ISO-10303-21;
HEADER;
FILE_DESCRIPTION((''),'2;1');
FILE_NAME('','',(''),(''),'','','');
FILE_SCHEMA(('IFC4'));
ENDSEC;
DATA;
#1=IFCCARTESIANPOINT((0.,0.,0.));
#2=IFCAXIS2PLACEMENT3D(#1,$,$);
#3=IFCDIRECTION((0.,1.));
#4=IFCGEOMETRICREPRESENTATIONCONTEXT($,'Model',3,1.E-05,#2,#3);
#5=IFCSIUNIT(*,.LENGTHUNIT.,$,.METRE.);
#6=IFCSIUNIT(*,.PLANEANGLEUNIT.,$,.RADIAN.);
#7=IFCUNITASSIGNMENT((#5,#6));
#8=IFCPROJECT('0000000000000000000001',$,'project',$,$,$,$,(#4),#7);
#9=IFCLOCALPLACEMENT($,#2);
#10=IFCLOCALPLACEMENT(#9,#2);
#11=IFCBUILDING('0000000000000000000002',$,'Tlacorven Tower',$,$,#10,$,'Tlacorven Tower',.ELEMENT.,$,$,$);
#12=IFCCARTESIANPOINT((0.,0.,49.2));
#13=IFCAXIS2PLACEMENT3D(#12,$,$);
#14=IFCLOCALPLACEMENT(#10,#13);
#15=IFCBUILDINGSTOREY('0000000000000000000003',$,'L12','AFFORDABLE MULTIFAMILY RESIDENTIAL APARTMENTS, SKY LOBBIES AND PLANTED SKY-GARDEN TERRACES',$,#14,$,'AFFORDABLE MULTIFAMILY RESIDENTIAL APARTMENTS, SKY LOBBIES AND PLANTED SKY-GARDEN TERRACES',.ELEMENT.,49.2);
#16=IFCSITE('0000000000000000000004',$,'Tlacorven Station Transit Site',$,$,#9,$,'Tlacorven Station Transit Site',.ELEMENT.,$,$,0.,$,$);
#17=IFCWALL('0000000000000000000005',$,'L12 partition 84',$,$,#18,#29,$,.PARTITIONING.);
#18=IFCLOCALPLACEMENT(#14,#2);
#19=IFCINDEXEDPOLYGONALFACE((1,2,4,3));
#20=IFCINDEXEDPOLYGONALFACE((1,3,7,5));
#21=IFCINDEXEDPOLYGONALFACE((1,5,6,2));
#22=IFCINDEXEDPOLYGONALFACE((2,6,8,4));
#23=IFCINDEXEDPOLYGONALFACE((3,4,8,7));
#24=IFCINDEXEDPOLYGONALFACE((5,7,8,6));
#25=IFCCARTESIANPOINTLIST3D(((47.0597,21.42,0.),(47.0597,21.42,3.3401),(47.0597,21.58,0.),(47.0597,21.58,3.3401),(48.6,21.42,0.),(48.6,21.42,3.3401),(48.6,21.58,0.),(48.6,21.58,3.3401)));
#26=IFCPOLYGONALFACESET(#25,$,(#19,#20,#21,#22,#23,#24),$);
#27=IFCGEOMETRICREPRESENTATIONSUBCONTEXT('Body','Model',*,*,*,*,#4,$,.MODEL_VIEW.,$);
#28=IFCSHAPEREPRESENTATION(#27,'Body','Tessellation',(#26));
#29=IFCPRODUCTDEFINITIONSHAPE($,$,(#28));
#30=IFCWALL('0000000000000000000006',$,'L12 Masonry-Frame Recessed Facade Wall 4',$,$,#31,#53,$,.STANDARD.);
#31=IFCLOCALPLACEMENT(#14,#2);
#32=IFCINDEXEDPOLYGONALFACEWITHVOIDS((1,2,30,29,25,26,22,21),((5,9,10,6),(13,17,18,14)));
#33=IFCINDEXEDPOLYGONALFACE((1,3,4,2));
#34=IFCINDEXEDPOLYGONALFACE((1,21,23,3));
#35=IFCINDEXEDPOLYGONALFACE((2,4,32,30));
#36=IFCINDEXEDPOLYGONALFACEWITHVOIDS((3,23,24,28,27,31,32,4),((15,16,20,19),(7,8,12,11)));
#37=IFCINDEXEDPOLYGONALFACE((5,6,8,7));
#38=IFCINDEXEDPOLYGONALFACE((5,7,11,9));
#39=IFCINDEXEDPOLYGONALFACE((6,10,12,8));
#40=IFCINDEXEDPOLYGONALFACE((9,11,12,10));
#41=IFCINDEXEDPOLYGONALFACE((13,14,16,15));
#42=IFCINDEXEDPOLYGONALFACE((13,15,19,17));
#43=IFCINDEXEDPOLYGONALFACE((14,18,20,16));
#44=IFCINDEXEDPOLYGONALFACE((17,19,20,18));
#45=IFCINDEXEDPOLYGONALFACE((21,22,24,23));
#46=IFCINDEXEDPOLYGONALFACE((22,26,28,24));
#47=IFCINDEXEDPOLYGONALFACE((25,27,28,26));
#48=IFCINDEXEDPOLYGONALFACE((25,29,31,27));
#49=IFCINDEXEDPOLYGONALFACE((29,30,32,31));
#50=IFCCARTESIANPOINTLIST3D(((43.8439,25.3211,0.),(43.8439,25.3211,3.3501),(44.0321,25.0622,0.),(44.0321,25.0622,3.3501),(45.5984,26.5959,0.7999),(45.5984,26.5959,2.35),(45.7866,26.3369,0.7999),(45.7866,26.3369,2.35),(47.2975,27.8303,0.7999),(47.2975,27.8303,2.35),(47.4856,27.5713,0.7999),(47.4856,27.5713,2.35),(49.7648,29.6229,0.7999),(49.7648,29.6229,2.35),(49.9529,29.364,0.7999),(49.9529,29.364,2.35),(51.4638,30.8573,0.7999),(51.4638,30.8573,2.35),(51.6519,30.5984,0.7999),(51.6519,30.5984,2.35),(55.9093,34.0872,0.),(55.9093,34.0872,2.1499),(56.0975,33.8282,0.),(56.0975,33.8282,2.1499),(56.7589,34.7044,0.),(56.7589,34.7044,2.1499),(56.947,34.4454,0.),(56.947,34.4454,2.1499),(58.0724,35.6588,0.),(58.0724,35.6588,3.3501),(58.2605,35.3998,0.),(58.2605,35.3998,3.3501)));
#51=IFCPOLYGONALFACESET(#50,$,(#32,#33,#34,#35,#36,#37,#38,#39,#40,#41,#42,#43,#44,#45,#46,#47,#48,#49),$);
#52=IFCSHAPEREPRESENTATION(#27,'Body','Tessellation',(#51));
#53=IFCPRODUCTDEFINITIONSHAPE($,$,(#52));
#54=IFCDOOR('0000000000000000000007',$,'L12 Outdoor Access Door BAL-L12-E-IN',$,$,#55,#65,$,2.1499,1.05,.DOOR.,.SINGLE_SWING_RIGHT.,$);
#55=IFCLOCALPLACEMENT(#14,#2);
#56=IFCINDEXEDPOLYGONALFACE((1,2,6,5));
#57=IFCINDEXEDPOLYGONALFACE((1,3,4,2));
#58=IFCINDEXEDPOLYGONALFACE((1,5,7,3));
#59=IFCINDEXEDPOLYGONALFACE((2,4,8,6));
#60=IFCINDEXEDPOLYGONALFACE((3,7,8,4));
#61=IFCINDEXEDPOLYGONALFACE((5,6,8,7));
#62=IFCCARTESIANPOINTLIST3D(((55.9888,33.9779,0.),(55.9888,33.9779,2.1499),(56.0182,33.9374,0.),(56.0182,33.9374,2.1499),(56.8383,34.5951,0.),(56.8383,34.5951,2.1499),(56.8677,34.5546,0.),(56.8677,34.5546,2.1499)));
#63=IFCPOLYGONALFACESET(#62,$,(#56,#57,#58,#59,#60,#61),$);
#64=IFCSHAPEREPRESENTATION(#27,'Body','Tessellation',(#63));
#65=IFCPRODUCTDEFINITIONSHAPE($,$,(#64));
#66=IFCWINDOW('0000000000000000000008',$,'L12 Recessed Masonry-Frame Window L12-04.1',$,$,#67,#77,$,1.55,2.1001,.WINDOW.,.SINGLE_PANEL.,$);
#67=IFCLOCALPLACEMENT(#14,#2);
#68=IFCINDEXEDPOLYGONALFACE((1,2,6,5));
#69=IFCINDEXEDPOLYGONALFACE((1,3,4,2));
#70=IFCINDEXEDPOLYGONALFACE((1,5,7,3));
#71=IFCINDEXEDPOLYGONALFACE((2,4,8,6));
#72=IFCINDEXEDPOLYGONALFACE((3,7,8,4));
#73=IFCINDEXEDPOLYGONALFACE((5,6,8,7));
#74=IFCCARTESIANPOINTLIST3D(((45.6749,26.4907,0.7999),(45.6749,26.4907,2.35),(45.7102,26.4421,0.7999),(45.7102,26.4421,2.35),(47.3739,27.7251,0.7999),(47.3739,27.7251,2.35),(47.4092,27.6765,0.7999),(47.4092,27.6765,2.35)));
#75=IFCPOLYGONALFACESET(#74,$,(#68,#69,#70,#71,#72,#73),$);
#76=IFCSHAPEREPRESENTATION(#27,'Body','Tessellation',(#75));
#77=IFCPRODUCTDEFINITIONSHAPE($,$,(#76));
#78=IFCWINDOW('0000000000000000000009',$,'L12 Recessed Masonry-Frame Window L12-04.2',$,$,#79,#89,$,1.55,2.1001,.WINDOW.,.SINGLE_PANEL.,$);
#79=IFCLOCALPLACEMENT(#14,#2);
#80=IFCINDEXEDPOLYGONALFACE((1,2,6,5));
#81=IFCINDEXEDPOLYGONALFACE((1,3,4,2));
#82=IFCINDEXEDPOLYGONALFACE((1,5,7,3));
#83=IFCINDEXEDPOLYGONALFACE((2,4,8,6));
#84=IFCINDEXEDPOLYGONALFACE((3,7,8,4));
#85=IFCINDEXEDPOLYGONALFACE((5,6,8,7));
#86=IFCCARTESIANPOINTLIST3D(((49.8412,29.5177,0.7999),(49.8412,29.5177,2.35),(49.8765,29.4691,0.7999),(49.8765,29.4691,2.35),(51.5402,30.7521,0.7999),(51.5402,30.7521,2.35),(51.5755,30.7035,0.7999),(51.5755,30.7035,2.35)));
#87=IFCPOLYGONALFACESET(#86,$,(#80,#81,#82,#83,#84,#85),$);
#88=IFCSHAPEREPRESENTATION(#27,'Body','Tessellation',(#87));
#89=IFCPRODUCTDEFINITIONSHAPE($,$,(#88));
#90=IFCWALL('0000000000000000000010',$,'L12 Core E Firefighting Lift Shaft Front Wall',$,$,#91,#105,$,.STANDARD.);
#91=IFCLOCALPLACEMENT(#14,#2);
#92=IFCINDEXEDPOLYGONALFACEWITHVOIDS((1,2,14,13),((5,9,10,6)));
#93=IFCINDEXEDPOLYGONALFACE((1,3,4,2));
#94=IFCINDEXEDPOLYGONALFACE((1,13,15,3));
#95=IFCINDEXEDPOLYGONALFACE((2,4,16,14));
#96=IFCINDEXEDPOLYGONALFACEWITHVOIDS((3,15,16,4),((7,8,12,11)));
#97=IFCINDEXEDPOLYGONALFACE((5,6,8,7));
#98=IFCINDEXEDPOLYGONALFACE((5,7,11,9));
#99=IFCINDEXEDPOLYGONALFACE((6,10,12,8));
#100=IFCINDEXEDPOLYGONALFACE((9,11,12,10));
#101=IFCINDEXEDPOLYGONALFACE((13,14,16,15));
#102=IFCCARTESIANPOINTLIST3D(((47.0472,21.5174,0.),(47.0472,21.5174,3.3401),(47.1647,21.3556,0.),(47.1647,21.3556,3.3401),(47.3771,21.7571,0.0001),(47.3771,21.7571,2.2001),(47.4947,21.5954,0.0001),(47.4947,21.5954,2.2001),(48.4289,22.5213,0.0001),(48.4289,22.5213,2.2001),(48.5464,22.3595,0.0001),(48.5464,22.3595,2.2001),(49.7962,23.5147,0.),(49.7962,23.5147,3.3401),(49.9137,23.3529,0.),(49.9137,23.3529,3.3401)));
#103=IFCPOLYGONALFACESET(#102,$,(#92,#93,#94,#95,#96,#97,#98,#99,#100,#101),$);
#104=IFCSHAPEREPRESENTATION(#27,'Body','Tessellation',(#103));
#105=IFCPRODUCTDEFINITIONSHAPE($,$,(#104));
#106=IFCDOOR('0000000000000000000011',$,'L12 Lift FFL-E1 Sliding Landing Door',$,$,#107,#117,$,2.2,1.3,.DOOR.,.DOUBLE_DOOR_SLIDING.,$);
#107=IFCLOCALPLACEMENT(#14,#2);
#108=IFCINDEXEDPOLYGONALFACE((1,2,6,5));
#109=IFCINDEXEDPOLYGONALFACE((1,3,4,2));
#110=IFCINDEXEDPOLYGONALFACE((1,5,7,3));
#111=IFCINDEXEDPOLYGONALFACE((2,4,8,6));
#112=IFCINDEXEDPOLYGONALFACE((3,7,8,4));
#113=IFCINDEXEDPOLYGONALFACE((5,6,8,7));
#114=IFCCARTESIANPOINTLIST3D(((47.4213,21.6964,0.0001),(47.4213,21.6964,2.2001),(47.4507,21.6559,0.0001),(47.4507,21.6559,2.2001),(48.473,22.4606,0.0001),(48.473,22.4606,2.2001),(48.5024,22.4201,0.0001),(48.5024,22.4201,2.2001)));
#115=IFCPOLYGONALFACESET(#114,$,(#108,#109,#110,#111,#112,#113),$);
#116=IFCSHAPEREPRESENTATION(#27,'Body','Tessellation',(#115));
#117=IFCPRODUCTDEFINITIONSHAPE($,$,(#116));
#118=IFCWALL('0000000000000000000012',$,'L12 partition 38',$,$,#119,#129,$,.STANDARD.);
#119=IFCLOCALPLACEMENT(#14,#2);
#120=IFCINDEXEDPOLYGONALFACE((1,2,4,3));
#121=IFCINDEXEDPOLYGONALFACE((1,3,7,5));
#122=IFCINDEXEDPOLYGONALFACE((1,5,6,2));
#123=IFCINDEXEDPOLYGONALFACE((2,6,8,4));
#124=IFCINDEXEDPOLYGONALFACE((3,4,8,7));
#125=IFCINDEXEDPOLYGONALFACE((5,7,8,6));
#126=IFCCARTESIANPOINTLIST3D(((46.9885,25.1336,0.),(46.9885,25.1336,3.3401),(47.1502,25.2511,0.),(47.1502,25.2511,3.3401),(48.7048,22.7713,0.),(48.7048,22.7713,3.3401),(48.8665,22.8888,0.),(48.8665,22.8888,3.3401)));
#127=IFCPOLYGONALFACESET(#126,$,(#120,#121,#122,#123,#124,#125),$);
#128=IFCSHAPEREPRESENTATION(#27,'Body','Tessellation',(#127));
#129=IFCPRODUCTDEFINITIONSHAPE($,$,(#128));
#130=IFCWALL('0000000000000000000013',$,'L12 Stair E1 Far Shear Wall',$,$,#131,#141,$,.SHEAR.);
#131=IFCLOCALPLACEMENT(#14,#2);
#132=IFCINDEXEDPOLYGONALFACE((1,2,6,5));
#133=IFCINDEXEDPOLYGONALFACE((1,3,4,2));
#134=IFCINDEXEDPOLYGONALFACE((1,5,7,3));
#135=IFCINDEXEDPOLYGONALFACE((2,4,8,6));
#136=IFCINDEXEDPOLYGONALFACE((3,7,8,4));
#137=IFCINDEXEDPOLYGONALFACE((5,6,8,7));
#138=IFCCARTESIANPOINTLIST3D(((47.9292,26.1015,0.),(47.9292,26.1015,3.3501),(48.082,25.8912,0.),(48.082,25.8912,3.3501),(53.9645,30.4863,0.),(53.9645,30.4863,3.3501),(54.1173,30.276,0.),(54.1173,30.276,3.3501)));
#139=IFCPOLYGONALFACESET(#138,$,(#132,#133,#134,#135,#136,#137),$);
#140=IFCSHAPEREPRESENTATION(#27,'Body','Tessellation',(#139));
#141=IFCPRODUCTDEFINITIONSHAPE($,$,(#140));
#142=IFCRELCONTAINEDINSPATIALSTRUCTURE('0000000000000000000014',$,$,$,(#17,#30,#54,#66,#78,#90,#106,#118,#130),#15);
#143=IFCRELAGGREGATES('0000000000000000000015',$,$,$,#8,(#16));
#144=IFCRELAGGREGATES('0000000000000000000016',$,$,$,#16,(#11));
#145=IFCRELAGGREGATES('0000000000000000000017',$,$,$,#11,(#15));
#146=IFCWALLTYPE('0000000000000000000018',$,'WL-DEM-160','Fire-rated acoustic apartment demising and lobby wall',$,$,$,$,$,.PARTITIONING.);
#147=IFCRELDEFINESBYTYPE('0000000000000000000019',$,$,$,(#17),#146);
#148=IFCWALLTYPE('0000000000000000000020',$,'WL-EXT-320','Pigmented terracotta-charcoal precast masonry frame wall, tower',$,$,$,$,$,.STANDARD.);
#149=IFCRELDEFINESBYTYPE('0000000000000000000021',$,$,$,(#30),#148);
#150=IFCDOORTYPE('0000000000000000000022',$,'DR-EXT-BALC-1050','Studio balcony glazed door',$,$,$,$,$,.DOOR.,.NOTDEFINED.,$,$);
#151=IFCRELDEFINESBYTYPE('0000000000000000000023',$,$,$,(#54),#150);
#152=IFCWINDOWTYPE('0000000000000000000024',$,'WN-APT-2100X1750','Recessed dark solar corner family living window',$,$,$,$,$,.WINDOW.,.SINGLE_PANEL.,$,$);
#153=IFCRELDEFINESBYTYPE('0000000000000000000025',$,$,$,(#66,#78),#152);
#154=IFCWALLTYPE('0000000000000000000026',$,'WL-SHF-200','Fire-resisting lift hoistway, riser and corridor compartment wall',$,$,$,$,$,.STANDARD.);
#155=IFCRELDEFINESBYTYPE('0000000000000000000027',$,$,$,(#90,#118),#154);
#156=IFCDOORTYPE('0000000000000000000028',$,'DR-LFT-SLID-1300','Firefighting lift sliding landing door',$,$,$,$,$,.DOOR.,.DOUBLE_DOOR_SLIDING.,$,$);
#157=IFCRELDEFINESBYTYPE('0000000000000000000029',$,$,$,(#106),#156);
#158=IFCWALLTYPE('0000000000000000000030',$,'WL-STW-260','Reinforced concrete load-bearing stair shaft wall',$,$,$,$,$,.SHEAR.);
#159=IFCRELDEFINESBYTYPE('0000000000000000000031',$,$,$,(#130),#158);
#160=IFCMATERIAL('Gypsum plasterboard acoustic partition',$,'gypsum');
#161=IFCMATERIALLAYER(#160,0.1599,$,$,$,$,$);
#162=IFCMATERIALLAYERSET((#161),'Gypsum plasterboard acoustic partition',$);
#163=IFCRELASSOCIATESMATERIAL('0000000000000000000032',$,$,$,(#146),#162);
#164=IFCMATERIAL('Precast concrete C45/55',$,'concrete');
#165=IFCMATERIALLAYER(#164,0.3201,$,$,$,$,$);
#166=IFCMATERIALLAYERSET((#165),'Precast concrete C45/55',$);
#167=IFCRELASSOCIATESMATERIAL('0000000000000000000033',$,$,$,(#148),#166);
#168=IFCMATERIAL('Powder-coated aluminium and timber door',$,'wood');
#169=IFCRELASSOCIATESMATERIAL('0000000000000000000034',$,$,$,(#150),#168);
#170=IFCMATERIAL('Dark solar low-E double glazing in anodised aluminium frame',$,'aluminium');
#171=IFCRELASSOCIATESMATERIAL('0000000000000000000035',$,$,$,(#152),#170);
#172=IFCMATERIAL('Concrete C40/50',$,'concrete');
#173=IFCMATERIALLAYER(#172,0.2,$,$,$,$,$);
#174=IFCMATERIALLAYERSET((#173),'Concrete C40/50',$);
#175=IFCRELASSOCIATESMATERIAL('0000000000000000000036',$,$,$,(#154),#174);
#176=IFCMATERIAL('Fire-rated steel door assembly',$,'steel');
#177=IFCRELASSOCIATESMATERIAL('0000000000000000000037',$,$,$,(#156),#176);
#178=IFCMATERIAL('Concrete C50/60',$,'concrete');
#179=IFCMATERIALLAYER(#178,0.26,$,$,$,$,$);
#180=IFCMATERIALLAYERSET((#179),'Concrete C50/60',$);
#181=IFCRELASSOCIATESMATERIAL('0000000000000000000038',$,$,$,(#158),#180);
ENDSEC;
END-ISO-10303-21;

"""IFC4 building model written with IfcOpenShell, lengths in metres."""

from ifc_helpers import new_model, si_unit, direction, frame, frame_2d, origin, place, context, subcontext, project, spatial, rectangle, extrude, source, transform, mapped, material, layer, layer_set, type_object, element, fill, save


model = new_model("IFC4")

# Units and contexts
model_context = context("Model", 3, precision=1e-05, world=origin(), true_north=direction((0.0, 1.0)))
body_context = subcontext(model_context, "Body", "Model", "MODEL_VIEW")
ifc_project = project(units=[si_unit("LENGTHUNIT", "METRE"), si_unit("PLANEANGLEUNIT", "RADIAN")], contexts=[model_context])

# Site, building, storey
site_placement = place(None, origin())
site = spatial("IfcSite", under=ifc_project, at=site_placement, Name="Tlacorven Station Transit Site", LongName="Tlacorven Station Transit Site", CompositionType="ELEMENT", RefElevation=0.0)
building_placement = place(site_placement, origin())
building = spatial("IfcBuilding", under=site, at=building_placement, Name="Tlacorven Tower", LongName="Tlacorven Tower", CompositionType="ELEMENT")
storey_placement = place(building_placement, frame((0.0, 0.0, 49.2)))
storey = spatial("IfcBuildingStorey", under=building, at=storey_placement, Name="L12", Description="AFFORDABLE MULTIFAMILY RESIDENTIAL APARTMENTS, SKY LOBBIES AND PLANTED SKY-GARDEN TERRACES", LongName="AFFORDABLE MULTIFAMILY RESIDENTIAL APARTMENTS, SKY LOBBIES AND PLANTED SKY-GARDEN TERRACES", CompositionType="ELEMENT", Elevation=49.2)

# Wall
ifc_material_1 = material(Name="Gypsum plasterboard acoustic partition", Category="gypsum")
ifc_layer_1 = layer(ifc_material_1, 0.1599)
ifc_layer_set_1 = layer_set([ifc_layer_1], Name="Gypsum plasterboard acoustic partition")
wall_type_1 = type_object("IfcWallType", Name="WL-DEM-160", Description="Fire-rated acoustic apartment demising and lobby wall", PredefinedType="PARTITIONING", material=ifc_layer_set_1)
wall_1_placement = place(storey_placement, frame((47.0598, 21.5, 0.0), z_axis=(0.0, 0.0, 1.0), x_axis=(1.0, 0.0, 0.0)))
element("IfcWall", 1, at=wall_1_placement, inside=storey, type_object=wall_type_1, Name="L12 partition 84", PredefinedType="PARTITIONING", context=body_context, shape_type="SweptSolid", body=[
    extrude(rectangle(XDim=1.5403, YDim=0.1599, at=frame_2d((0.77, 0.0))), origin(), (0.0, 0.0, 1.0), 3.3401),
])

# Wall, openings, door, windows
ifc_material_2 = material(Name="Precast concrete C45/55", Category="concrete")
ifc_layer_2 = layer(ifc_material_2, 0.3201)
ifc_layer_set_2 = layer_set([ifc_layer_2], Name="Precast concrete C45/55")
wall_type_2 = type_object("IfcWallType", Name="WL-EXT-320", Description="Pigmented terracotta-charcoal precast masonry frame wall, tower", PredefinedType="STANDARD", material=ifc_layer_set_2)
wall_2_placement = place(storey_placement, frame((43.938, 25.1917, 0.0), z_axis=(0.0, 0.0, 1.0), x_axis=(0.809016, 0.587786, 0.0)))
wall_2 = element("IfcWall", 2, at=wall_2_placement, inside=storey, type_object=wall_type_2, Name="L12 Masonry-Frame Recessed Facade Wall 4", PredefinedType="STANDARD", context=body_context, shape_type="SweptSolid", body=[
    extrude(rectangle(XDim=17.5874, YDim=0.3201, at=frame_2d((8.7937, 0.0))), origin(), (0.0, 0.0, 1.0), 3.3501),
])
opening_1_placement = place(wall_2_placement, frame((14.9138, 0.0, 0.0)))
opening_1 = element("IfcOpeningElement", 3, at=opening_1_placement, cuts=wall_2, PredefinedType="OPENING", context=body_context, shape_type="SweptSolid", body=[
    extrude(rectangle(XDim=1.05, YDim=2.1499, at=frame_2d((0.5249, 1.075))), frame((0.0, 0.1699, 0.0), z_axis=(0.0, -1.0, 0.0), x_axis=(1.0, 0.0, 0.0)), (0.0, 0.0, 1.0), 0.3401),
])
opening_2_placement = place(wall_2_placement, frame((2.1687, 0.0, 0.8)))
opening_2 = element("IfcOpeningElement", 4, at=opening_2_placement, cuts=wall_2, PredefinedType="OPENING", context=body_context, shape_type="SweptSolid", body=[
    extrude(rectangle(XDim=2.1001, YDim=1.55, at=frame_2d((1.05, 0.7749))), frame((0.0, 0.1699, 0.0), z_axis=(0.0, -1.0, 0.0), x_axis=(1.0, 0.0, 0.0)), (0.0, 0.0, 1.0), 0.3401),
])
opening_3_placement = place(wall_2_placement, frame((7.3186, 0.0, 0.8)))
opening_3 = element("IfcOpeningElement", 5, at=opening_3_placement, cuts=wall_2, PredefinedType="OPENING", context=body_context, shape_type="SweptSolid", body=[
    extrude(rectangle(XDim=2.1001, YDim=1.55, at=frame_2d((1.05, 0.7749))), frame((0.0, 0.1699, 0.0), z_axis=(0.0, -1.0, 0.0), x_axis=(1.0, 0.0, 0.0)), (0.0, 0.0, 1.0), 0.3401),
])
ifc_material_3 = material(Name="Powder-coated aluminium and timber door", Category="wood")
door_type_1 = type_object("IfcDoorType", Name="DR-EXT-BALC-1050", Description="Studio balcony glazed door", OperationType="NOTDEFINED", PredefinedType="DOOR", material=ifc_material_3)
shared_shape_1 = source(origin(), body_context, "Body", "SweptSolid", [
    extrude(rectangle(XDim=1.05, YDim=2.1499, at=frame_2d((0.5249, 1.075))), frame((0.0, 0.0249, 0.0), z_axis=(0.0, -1.0, 0.0), x_axis=(1.0, 0.0, 0.0)), (0.0, 0.0, 1.0), 0.05),
])
door_1_placement = place(opening_1_placement, origin())
door_1 = element("IfcDoor", 6, at=door_1_placement, inside=storey, type_object=door_type_1, Name="L12 Outdoor Access Door BAL-L12-E-IN", OperationType="SINGLE_SWING_RIGHT", OverallHeight=2.1499, OverallWidth=1.05, PredefinedType="DOOR", context=body_context, shape_type="MappedRepresentation", body=[
    mapped(shared_shape_1, transform((0.0, 0.0, 0.0), scale=1.0)),
])
fill(opening_1, door_1)
ifc_material_4 = material(Name="Dark solar low-E double glazing in anodised aluminium frame", Category="aluminium")
window_type = type_object("IfcWindowType", Name="WN-APT-2100X1750", Description="Recessed dark solar corner family living window", PartitioningType="SINGLE_PANEL", PredefinedType="WINDOW", material=ifc_material_4)
shared_shape_2 = source(origin(), body_context, "Body", "SweptSolid", [
    extrude(rectangle(XDim=2.1001, YDim=1.55, at=frame_2d((1.05, 0.7749))), frame((0.0, 0.03, 0.0), z_axis=(0.0, -1.0, 0.0), x_axis=(1.0, 0.0, 0.0)), (0.0, 0.0, 1.0), 0.0601),
])
window_1_placement = place(opening_2_placement, origin())
window_1 = element("IfcWindow", 7, at=window_1_placement, inside=storey, type_object=window_type, Name="L12 Recessed Masonry-Frame Window L12-04.1", OverallHeight=1.55, OverallWidth=2.1001, PartitioningType="SINGLE_PANEL", PredefinedType="WINDOW", context=body_context, shape_type="MappedRepresentation", body=[
    mapped(shared_shape_2, transform((0.0, 0.0, 0.0), scale=1.0)),
])
fill(opening_2, window_1)
window_2_placement = place(opening_3_placement, origin())
window_2 = element("IfcWindow", 8, at=window_2_placement, inside=storey, type_object=window_type, Name="L12 Recessed Masonry-Frame Window L12-04.2", OverallHeight=1.55, OverallWidth=2.1001, PartitioningType="SINGLE_PANEL", PredefinedType="WINDOW", context=body_context, shape_type="MappedRepresentation", body=[
    mapped(shared_shape_2, transform((0.0, 0.0, 0.0), scale=1.0)),
])
fill(opening_3, window_2)

# Wall, opening, door
ifc_material_5 = material(Name="Concrete C40/50", Category="concrete")
ifc_layer_3 = layer(ifc_material_5, 0.2)
ifc_layer_set_3 = layer_set([ifc_layer_3], Name="Concrete C40/50")
wall_type_3 = type_object("IfcWallType", Name="WL-SHF-200", Description="Fire-resisting lift hoistway, riser and corridor compartment wall", PredefinedType="STANDARD", material=ifc_layer_set_3)
wall_3_placement = place(storey_placement, frame((47.106, 21.4365, 0.0), z_axis=(0.0, 0.0, 1.0), x_axis=(0.809013, 0.587791, 0.0)))
wall_3 = element("IfcWall", 9, at=wall_3_placement, inside=storey, type_object=wall_type_3, Name="L12 Core E Firefighting Lift Shaft Front Wall", PredefinedType="STANDARD", context=body_context, shape_type="SweptSolid", body=[
    extrude(rectangle(XDim=3.3979, YDim=0.2, at=frame_2d((1.699, 0.0))), origin(), (0.0, 0.0, 1.0), 3.3401),
])
opening_4_placement = place(wall_3_placement, frame((0.408, 0.0, 0.0)))
opening_4 = element("IfcOpeningElement", 10, at=opening_4_placement, cuts=wall_3, PredefinedType="OPENING", context=body_context, shape_type="SweptSolid", body=[
    extrude(rectangle(XDim=1.3, YDim=2.2, at=frame_2d((0.6499, 1.1001))), frame((0.0, 0.1099, 0.0), z_axis=(0.0, -1.0, 0.0), x_axis=(1.0, 0.0, 0.0)), (0.0, 0.0, 1.0), 0.22),
])
ifc_material_6 = material(Name="Fire-rated steel door assembly", Category="steel")
door_type_2 = type_object("IfcDoorType", Name="DR-LFT-SLID-1300", Description="Firefighting lift sliding landing door", OperationType="DOUBLE_DOOR_SLIDING", PredefinedType="DOOR", material=ifc_material_6)
shared_shape_3 = source(origin(), body_context, "Body", "SweptSolid", [
    extrude(rectangle(XDim=1.3, YDim=2.2, at=frame_2d((0.6499, 1.1001))), frame((0.0, 0.0249, 0.0), z_axis=(0.0, -1.0, 0.0), x_axis=(1.0, 0.0, 0.0)), (0.0, 0.0, 1.0), 0.05),
])
door_2_placement = place(opening_4_placement, origin())
door_2 = element("IfcDoor", 11, at=door_2_placement, inside=storey, type_object=door_type_2, Name="L12 Lift FFL-E1 Sliding Landing Door", OperationType="DOUBLE_DOOR_SLIDING", OverallHeight=2.2, OverallWidth=1.3, PredefinedType="DOOR", context=body_context, shape_type="MappedRepresentation", body=[
    mapped(shared_shape_3, transform((0.0, 0.0, 0.0), scale=1.0)),
])
fill(opening_4, door_2)

# Walls
wall_4_placement = place(storey_placement, frame((48.7856, 22.8301, 0.0), z_axis=(0.0, 0.0, 1.0), x_axis=(-0.587784, 0.809018, 0.0)))
element("IfcWall", 12, at=wall_4_placement, inside=storey, type_object=wall_type_3, Name="L12 partition 38", PredefinedType="STANDARD", context=body_context, shape_type="SweptSolid", body=[
    extrude(rectangle(XDim=2.9199, YDim=0.2, at=frame_2d((1.46, 0.0))), origin(), (0.0, 0.0, 1.0), 3.3401),
])
ifc_material_7 = material(Name="Concrete C50/60", Category="concrete")
ifc_layer_4 = layer(ifc_material_7, 0.26)
ifc_layer_set_4 = layer_set([ifc_layer_4], Name="Concrete C50/60")
wall_type_4 = type_object("IfcWallType", Name="WL-STW-260", Description="Reinforced concrete load-bearing stair shaft wall", PredefinedType="SHEAR", material=ifc_layer_set_4)
wall_5_placement = place(storey_placement, frame((48.0056, 25.9963, 0.0), z_axis=(0.0, 0.0, 1.0), x_axis=(0.809019, 0.587782, 0.0)))
element("IfcWall", 13, at=wall_5_placement, inside=storey, type_object=wall_type_4, Name="L12 Stair E1 Far Shear Wall", PredefinedType="SHEAR", context=body_context, shape_type="SweptSolid", body=[
    extrude(rectangle(XDim=7.46, YDim=0.26, at=frame_2d((3.73, 0.0))), origin(), (0.0, 0.0, 1.0), 3.3501),
])

save(model, "model.ifc")
